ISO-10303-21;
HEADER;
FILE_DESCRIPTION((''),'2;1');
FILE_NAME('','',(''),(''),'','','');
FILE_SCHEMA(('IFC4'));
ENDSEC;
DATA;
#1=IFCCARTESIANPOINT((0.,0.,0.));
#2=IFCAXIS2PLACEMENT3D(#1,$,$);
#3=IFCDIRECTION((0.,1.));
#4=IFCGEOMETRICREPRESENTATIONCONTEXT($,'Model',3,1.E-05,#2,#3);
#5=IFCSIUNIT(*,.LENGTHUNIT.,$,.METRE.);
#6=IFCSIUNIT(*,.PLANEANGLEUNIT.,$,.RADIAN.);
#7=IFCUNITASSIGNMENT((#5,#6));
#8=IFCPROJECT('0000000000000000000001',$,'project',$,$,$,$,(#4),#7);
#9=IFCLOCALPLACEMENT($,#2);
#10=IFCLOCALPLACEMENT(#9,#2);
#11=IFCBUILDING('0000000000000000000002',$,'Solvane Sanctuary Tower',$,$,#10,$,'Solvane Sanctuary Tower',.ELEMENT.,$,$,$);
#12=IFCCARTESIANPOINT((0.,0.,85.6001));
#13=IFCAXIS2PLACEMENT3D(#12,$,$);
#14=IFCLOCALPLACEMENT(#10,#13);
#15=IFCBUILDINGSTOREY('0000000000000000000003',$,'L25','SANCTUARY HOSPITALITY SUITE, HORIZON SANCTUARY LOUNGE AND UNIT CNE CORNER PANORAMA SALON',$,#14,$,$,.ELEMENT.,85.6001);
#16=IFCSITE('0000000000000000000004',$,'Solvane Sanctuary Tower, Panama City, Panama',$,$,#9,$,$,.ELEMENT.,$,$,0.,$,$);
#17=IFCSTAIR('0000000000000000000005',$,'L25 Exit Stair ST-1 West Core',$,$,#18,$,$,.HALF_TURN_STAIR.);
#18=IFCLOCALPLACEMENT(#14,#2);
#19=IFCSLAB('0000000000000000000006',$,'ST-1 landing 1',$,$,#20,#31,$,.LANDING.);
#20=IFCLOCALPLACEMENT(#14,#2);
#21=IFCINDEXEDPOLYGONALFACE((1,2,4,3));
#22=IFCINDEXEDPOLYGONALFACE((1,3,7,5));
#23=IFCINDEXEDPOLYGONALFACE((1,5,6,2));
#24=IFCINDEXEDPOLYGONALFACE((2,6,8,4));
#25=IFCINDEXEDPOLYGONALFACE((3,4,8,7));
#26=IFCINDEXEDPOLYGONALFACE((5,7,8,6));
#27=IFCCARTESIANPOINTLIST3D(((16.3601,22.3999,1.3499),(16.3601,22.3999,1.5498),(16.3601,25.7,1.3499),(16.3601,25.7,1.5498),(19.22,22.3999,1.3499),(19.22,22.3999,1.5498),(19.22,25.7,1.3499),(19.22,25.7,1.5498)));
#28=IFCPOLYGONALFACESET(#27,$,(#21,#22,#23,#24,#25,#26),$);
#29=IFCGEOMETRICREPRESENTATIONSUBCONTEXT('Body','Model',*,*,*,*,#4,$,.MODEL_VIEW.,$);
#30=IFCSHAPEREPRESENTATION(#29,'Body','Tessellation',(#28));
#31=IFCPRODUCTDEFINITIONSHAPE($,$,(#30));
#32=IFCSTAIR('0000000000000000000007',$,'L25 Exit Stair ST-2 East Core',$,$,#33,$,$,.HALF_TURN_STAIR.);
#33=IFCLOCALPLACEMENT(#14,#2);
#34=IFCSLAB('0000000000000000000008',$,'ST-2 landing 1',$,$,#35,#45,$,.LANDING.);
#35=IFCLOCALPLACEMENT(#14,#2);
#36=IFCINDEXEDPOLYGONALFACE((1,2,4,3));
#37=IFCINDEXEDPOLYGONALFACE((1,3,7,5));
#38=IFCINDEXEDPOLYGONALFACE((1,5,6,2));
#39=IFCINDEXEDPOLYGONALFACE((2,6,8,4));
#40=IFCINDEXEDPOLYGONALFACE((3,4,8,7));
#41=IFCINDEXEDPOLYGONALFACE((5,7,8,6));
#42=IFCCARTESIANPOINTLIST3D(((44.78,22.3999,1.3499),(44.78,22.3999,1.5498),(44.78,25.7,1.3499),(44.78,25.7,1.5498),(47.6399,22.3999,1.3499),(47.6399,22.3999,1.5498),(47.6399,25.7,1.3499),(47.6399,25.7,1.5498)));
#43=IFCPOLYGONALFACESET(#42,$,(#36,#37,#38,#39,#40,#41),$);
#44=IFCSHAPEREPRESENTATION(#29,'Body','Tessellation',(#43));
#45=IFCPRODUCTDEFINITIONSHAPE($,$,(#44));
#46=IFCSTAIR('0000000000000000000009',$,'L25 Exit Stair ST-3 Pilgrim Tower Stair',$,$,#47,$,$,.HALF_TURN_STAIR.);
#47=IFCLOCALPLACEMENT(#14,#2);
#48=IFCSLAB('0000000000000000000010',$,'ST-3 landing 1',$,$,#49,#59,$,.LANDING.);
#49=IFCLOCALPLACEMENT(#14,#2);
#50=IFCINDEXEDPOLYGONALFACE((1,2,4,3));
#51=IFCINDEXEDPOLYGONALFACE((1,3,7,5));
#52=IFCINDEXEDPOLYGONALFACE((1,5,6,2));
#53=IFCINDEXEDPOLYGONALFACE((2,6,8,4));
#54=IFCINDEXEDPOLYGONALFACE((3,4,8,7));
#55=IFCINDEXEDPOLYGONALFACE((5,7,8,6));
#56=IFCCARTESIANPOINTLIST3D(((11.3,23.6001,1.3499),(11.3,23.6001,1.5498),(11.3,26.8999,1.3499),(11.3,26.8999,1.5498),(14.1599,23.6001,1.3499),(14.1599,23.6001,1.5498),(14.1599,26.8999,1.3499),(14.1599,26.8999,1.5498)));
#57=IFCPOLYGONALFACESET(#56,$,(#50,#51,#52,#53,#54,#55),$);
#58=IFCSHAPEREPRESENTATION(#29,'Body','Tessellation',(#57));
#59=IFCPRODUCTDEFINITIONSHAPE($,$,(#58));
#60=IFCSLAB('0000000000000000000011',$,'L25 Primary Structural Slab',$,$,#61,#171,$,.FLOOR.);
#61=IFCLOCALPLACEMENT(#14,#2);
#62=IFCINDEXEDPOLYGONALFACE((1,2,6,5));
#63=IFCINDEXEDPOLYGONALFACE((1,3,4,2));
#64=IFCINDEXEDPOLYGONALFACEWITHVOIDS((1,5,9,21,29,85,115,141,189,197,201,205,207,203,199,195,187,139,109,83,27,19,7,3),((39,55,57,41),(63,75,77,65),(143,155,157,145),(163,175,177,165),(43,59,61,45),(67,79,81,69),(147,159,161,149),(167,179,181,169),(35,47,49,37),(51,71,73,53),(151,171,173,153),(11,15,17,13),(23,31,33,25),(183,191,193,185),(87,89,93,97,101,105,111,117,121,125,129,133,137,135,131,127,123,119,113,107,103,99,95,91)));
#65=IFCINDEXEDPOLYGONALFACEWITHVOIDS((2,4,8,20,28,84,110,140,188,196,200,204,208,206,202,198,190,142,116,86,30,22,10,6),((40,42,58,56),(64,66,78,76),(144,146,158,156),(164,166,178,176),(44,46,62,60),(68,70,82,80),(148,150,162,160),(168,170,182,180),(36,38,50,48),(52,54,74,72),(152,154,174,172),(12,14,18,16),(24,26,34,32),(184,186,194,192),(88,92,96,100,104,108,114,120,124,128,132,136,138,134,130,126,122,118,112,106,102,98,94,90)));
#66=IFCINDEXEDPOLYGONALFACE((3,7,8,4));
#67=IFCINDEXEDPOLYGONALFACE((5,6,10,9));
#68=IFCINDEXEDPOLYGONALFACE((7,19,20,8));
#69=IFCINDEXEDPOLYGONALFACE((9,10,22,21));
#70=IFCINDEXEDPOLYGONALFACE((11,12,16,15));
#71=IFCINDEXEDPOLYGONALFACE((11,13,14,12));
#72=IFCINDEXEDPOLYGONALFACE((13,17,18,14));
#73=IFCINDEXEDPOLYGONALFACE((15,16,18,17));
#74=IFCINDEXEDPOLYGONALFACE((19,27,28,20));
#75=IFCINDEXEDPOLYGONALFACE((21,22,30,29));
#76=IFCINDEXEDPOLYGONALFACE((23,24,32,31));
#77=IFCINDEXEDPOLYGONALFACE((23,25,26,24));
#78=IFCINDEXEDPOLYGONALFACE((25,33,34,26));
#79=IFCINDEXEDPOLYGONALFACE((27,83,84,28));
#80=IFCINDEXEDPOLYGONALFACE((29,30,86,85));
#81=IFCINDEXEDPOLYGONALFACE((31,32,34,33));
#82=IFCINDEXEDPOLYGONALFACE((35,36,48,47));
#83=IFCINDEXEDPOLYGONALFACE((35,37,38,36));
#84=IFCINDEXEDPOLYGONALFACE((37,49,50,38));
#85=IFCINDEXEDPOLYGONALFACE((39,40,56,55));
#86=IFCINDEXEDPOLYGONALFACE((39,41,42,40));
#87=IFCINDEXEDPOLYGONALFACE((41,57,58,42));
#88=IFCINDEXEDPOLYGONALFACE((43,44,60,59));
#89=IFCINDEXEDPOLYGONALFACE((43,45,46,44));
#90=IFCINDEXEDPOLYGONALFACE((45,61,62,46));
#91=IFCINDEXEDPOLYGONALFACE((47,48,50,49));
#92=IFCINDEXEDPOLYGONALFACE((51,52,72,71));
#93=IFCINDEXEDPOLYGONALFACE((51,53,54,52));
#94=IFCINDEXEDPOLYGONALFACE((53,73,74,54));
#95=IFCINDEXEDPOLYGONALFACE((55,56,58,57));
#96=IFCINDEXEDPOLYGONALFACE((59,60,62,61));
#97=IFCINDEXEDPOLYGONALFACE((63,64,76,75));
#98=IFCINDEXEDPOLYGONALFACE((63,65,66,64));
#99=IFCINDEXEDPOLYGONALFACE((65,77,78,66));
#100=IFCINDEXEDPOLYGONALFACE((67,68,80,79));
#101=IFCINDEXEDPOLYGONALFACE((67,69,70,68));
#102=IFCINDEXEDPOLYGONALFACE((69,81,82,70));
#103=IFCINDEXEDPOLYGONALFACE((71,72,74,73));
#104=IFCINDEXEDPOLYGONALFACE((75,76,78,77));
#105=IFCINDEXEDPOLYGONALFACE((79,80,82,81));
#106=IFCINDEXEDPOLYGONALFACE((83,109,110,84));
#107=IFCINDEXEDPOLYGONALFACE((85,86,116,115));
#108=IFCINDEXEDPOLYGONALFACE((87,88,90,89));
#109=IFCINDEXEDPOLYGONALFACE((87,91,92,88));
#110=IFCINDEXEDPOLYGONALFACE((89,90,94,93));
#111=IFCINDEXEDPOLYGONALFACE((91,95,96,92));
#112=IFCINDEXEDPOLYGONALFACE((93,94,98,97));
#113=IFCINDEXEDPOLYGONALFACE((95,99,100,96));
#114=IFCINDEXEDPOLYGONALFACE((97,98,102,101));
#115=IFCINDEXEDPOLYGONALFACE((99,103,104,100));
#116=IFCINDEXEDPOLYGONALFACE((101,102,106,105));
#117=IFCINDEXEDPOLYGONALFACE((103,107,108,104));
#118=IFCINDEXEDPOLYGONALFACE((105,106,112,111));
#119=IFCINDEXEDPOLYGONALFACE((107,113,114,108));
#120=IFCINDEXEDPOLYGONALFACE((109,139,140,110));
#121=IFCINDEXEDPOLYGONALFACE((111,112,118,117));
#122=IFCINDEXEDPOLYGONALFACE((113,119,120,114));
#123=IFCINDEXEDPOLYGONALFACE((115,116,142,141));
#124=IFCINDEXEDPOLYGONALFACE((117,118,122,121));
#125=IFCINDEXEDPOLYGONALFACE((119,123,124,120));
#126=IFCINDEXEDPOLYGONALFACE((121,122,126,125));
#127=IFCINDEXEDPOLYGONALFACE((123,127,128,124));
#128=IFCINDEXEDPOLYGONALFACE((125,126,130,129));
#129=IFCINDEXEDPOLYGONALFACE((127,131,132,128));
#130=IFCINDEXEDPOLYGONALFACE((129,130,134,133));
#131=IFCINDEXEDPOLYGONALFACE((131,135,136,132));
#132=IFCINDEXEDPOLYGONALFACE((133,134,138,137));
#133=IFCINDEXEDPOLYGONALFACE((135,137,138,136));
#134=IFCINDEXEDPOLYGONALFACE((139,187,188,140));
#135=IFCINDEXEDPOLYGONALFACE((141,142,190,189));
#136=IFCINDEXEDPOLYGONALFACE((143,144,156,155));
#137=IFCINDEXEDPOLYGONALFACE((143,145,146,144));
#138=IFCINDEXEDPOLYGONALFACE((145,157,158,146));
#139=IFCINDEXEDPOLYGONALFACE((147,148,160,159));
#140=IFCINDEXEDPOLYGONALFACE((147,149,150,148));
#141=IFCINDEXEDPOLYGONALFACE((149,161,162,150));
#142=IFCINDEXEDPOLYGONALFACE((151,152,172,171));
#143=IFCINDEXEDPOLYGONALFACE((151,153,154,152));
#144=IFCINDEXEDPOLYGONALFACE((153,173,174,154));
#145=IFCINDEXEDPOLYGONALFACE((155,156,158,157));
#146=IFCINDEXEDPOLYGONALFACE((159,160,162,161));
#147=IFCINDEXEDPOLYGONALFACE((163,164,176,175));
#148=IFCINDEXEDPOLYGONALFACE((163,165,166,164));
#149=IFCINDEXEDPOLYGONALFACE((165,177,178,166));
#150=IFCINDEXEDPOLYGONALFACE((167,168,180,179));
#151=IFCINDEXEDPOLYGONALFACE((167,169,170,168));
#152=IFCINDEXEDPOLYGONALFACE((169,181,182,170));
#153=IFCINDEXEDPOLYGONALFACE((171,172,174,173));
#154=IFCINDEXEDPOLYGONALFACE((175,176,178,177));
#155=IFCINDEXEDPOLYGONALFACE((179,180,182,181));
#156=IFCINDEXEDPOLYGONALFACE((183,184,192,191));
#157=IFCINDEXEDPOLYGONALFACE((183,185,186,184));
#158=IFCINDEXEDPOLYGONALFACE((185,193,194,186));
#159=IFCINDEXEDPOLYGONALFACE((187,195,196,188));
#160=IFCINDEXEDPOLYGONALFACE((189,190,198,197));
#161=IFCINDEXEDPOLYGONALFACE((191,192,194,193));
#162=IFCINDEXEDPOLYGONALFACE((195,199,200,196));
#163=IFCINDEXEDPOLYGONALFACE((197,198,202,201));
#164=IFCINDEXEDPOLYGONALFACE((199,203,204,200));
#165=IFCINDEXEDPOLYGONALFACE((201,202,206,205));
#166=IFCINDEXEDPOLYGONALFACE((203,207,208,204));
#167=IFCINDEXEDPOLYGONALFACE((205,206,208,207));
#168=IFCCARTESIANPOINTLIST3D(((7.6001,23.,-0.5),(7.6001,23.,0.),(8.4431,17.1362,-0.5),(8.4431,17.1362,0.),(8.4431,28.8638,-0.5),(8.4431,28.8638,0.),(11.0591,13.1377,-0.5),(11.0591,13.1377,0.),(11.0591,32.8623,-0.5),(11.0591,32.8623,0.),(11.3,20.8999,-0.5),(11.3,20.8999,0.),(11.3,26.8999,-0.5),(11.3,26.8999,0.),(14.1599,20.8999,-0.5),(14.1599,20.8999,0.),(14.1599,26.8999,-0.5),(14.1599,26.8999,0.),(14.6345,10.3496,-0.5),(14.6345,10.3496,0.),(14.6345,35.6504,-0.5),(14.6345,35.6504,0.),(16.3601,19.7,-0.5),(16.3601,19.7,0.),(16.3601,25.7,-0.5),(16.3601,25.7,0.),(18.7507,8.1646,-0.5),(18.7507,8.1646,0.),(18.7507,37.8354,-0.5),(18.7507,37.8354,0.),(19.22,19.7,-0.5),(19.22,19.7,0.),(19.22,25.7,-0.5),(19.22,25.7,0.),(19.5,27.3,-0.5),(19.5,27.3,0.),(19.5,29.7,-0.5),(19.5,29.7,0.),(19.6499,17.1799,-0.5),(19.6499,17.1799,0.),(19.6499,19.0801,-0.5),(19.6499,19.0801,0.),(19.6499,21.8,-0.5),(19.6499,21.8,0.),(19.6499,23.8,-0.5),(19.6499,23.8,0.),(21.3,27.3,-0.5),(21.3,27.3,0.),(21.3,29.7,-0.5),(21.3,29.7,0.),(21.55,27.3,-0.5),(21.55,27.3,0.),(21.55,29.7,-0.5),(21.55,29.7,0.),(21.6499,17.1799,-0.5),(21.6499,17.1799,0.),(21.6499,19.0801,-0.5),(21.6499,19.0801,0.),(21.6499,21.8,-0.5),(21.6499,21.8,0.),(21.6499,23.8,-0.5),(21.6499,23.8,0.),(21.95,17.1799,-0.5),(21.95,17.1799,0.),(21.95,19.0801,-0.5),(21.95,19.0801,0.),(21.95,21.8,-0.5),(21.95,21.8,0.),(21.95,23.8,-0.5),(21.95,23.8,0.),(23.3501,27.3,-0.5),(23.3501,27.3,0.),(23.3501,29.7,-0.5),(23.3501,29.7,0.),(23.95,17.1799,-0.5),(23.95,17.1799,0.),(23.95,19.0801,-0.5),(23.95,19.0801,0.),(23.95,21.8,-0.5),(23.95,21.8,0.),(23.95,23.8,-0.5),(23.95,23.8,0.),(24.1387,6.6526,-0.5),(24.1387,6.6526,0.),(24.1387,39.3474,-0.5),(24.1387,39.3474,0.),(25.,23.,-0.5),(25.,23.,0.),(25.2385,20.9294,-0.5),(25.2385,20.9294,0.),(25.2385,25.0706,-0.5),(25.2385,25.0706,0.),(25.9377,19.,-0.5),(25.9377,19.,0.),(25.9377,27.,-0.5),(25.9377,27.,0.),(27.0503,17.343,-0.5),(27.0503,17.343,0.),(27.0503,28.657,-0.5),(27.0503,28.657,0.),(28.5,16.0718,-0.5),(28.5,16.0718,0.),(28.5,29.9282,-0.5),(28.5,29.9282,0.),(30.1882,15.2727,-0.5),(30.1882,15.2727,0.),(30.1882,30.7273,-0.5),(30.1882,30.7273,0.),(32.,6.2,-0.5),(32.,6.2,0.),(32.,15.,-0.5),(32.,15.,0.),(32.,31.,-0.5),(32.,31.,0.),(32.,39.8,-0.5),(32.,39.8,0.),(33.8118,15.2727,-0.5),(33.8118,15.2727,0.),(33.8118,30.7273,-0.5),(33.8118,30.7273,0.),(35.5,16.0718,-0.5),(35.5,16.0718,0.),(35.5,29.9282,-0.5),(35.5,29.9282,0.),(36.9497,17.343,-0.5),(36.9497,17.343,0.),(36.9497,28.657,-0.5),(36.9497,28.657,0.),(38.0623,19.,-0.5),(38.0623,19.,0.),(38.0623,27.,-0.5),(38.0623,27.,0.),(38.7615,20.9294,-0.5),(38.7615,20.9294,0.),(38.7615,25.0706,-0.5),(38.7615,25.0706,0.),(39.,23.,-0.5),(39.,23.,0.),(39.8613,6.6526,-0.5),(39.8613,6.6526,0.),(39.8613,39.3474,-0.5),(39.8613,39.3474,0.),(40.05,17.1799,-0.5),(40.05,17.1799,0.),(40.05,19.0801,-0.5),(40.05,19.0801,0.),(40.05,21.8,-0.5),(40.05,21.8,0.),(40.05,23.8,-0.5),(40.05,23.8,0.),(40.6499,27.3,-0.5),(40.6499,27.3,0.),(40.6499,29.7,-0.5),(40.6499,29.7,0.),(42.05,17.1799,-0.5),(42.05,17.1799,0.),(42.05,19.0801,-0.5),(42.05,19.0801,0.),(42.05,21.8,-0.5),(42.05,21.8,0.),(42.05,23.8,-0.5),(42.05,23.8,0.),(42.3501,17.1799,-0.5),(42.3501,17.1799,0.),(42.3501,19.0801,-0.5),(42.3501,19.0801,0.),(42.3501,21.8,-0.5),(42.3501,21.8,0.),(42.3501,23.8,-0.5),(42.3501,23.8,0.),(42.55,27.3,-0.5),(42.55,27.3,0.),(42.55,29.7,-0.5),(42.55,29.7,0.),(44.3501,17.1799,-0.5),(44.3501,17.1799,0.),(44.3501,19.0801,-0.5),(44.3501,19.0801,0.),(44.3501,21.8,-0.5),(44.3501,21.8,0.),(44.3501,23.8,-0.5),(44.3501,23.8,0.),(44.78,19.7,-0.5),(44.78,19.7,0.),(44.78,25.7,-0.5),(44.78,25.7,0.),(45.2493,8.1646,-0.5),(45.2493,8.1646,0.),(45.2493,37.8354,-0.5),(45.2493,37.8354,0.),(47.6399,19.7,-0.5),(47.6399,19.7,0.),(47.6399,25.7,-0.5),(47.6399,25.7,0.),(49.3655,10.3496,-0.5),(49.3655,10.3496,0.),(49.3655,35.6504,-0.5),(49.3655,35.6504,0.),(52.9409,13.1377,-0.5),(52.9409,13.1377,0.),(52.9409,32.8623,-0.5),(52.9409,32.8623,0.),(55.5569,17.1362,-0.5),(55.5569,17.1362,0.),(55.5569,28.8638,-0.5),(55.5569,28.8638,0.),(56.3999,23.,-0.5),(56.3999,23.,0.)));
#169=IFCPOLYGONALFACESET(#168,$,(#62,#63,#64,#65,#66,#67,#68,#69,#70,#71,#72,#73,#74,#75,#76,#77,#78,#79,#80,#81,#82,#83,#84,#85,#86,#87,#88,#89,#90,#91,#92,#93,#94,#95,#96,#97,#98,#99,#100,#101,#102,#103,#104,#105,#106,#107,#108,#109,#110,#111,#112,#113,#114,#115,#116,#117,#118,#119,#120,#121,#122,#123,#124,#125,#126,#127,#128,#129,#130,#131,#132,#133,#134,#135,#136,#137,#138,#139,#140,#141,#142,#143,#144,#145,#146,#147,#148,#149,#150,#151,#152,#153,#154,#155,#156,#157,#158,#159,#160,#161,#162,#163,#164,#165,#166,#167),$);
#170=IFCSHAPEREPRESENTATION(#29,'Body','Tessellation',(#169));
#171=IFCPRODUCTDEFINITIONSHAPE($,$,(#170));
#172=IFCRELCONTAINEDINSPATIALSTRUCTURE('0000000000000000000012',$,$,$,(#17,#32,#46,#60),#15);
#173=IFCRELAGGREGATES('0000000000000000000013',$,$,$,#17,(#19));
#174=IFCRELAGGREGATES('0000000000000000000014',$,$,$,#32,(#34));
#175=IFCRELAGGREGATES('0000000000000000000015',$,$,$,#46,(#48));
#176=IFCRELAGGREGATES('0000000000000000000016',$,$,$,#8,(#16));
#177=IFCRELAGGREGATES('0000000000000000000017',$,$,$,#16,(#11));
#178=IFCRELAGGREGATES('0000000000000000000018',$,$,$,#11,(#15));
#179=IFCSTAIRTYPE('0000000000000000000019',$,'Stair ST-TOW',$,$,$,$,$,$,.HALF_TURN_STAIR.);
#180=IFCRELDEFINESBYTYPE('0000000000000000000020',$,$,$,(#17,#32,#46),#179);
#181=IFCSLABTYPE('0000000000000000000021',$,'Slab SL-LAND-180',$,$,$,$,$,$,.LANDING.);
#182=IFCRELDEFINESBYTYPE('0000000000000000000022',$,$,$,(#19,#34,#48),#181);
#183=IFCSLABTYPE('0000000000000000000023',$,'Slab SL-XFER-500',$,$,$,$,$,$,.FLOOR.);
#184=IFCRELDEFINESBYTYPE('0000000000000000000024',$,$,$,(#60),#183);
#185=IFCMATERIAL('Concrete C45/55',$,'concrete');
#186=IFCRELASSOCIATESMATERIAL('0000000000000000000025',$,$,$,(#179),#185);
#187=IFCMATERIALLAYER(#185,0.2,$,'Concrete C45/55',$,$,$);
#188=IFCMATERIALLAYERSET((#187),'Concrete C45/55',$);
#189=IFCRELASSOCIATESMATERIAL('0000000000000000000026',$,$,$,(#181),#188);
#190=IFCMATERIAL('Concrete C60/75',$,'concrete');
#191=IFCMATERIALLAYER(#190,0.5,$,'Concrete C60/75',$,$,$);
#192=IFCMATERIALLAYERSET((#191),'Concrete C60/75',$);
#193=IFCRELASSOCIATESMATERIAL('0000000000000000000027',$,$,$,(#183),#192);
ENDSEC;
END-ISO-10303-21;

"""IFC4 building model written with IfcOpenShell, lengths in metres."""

from ifc_helpers import new_model, si_unit, direction, frame, origin, place, context, subcontext, project, spatial, polyline, outline, extrude, material, layer, layer_set, type_object, element, aggregate, save


model = new_model("IFC4")

# Units and contexts
model_context = context("Model", 3, precision=1e-05, world=origin(), true_north=direction((0.0, 1.0)))
body_context = subcontext(model_context, "Body", "Model", "MODEL_VIEW")
ifc_project = project(units=[si_unit("LENGTHUNIT", "METRE"), si_unit("PLANEANGLEUNIT", "RADIAN")], contexts=[model_context])

# Site, building, storey
site_placement = place(None, origin())
site = spatial("IfcSite", under=ifc_project, at=site_placement, Name="Solvane Sanctuary Tower, Panama City, Panama", CompositionType="ELEMENT", RefElevation=0.0)
building_placement = place(site_placement, origin())
building = spatial("IfcBuilding", under=site, at=building_placement, Name="Solvane Sanctuary Tower", LongName="Solvane Sanctuary Tower", CompositionType="ELEMENT")
storey_placement = place(building_placement, frame((0.0, 0.0, 85.6001)))
storey = spatial("IfcBuildingStorey", under=building, at=storey_placement, Name="L25", Description="SANCTUARY HOSPITALITY SUITE, HORIZON SANCTUARY LOUNGE AND UNIT CNE CORNER PANORAMA SALON", CompositionType="ELEMENT", Elevation=85.6001)

# Shared definitions
ifc_material_1 = material(Name="Concrete C60/75", Category="concrete")

# Stairs, slabs
ifc_material_2 = material(Name="Concrete C45/55", Category="concrete")
stair_type = type_object("IfcStairType", Name="Stair ST-TOW", PredefinedType="HALF_TURN_STAIR", material=ifc_material_2)
stair_1_placement = place(storey_placement, origin())
stair_1 = element("IfcStair", 1, at=stair_1_placement, inside=storey, type_object=stair_type, Name="L25 Exit Stair ST-1 West Core", PredefinedType="HALF_TURN_STAIR")
ifc_layer_1 = layer(ifc_material_2, 0.2, Name="Concrete C45/55")
ifc_layer_set_1 = layer_set([ifc_layer_1], Name="Concrete C45/55")
slab_type_1 = type_object("IfcSlabType", Name="Slab SL-LAND-180", PredefinedType="LANDING", material=ifc_layer_set_1)
slab_1_placement = place(storey_placement, frame((0.0, 0.0, 1.3499)))
slab_1 = element("IfcSlab", 2, at=slab_1_placement, type_object=slab_type_1, Name="ST-1 landing 1", PredefinedType="LANDING", context=body_context, shape_type="SweptSolid", body=[
    extrude(outline(polyline([(19.22, 22.3999), (19.22, 25.7), (16.3601, 25.7), (16.3601, 22.3999), (19.22, 22.3999)])), origin(), (0.0, 0.0, 1.0), 0.2),
])
aggregate(stair_1, [slab_1])
stair_2_placement = place(storey_placement, origin())
stair_2 = element("IfcStair", 3, at=stair_2_placement, inside=storey, type_object=stair_type, Name="L25 Exit Stair ST-2 East Core", PredefinedType="HALF_TURN_STAIR")
slab_2_placement = place(storey_placement, frame((0.0, 0.0, 1.3499)))
slab_2 = element("IfcSlab", 4, at=slab_2_placement, type_object=slab_type_1, Name="ST-2 landing 1", PredefinedType="LANDING", context=body_context, shape_type="SweptSolid", body=[
    extrude(outline(polyline([(47.6399, 22.3999), (47.6399, 25.7), (44.78, 25.7), (44.78, 22.3999), (47.6399, 22.3999)])), origin(), (0.0, 0.0, 1.0), 0.2),
])
aggregate(stair_2, [slab_2])
stair_3_placement = place(storey_placement, origin())
stair_3 = element("IfcStair", 5, at=stair_3_placement, inside=storey, type_object=stair_type, Name="L25 Exit Stair ST-3 Pilgrim Tower Stair", PredefinedType="HALF_TURN_STAIR")
slab_3_placement = place(storey_placement, frame((0.0, 0.0, 1.3499)))
slab_3 = element("IfcSlab", 6, at=slab_3_placement, type_object=slab_type_1, Name="ST-3 landing 1", PredefinedType="LANDING", context=body_context, shape_type="SweptSolid", body=[
    extrude(outline(polyline([(14.1599, 23.6001), (14.1599, 26.8999), (11.3, 26.8999), (11.3, 23.6001), (14.1599, 23.6001)])), origin(), (0.0, 0.0, 1.0), 0.2),
])
aggregate(stair_3, [slab_3])

# Slab
ifc_layer_2 = layer(ifc_material_1, 0.5, Name="Concrete C60/75")
ifc_layer_set_2 = layer_set([ifc_layer_2], Name="Concrete C60/75")
slab_type_2 = type_object("IfcSlabType", Name="Slab SL-XFER-500", PredefinedType="FLOOR", material=ifc_layer_set_2)
slab_4_placement = place(storey_placement, frame((0.0, 0.0, -0.5)))
element("IfcSlab", 7, at=slab_4_placement, inside=storey, type_object=slab_type_2, Name="L25 Primary Structural Slab", PredefinedType="FLOOR", context=body_context, shape_type="SweptSolid", body=[
    extrude(outline(polyline([(56.3999, 23.0), (55.5569, 28.8638), (52.9409, 32.8623), (49.3655, 35.6504), (45.2493, 37.8354), (39.8613, 39.3474), (32.0, 39.8), (24.1387, 39.3474), (18.7507, 37.8354), (14.6345, 35.6504), (11.0591, 32.8623), (8.4431, 28.8638), (7.6001, 23.0), (8.4431, 17.1362), (11.0591, 13.1377), (14.6345, 10.3496), (18.7507, 8.1646), (24.1387, 6.6526), (32.0, 6.2), (39.8613, 6.6526), (45.2493, 8.1646), (49.3655, 10.3496), (52.9409, 13.1377), (55.5569, 17.1362), (56.3999, 23.0)]), holes=[polyline([(38.7615, 20.9294), (38.0623, 19.0), (36.9497, 17.343), (35.5, 16.0718), (33.8118, 15.2727), (32.0, 15.0), (30.1882, 15.2727), (28.5, 16.0718), (27.0503, 17.343), (25.9377, 19.0), (25.2385, 20.9294), (25.0, 23.0), (25.2385, 25.0706), (25.9377, 27.0), (27.0503, 28.657), (28.5, 29.9282), (30.1882, 30.7273), (32.0, 31.0), (33.8118, 30.7273), (35.5, 29.9282), (36.9497, 28.657), (38.0623, 27.0), (38.7615, 25.0706), (39.0, 23.0), (38.7615, 20.9294)]), polyline([(16.3601, 19.7), (16.3601, 25.7), (19.22, 25.7), (19.22, 19.7), (16.3601, 19.7)]), polyline([(44.78, 19.7), (44.78, 25.7), (47.6399, 25.7), (47.6399, 19.7), (44.78, 19.7)]), polyline([(11.3, 20.8999), (11.3, 26.8999), (14.1599, 26.8999), (14.1599, 20.8999), (11.3, 20.8999)]), polyline([(19.6499, 19.0801), (21.6499, 19.0801), (21.6499, 17.1799), (19.6499, 17.1799), (19.6499, 19.0801)]), polyline([(21.95, 19.0801), (23.95, 19.0801), (23.95, 17.1799), (21.95, 17.1799), (21.95, 19.0801)]), polyline([(40.05, 19.0801), (42.05, 19.0801), (42.05, 17.1799), (40.05, 17.1799), (40.05, 19.0801)]), polyline([(42.3501, 19.0801), (44.3501, 19.0801), (44.3501, 17.1799), (42.3501, 17.1799), (42.3501, 19.0801)]), polyline([(19.6499, 23.8), (21.6499, 23.8), (21.6499, 21.8), (19.6499, 21.8), (19.6499, 23.8)]), polyline([(42.3501, 23.8), (44.3501, 23.8), (44.3501, 21.8), (42.3501, 21.8), (42.3501, 23.8)]), polyline([(21.95, 23.8), (23.95, 23.8), (23.95, 21.8), (21.95, 21.8), (21.95, 23.8)]), polyline([(40.05, 23.8), (42.05, 23.8), (42.05, 21.8), (40.05, 21.8), (40.05, 23.8)]), polyline([(19.5, 29.7), (21.3, 29.7), (21.3, 27.3), (19.5, 27.3), (19.5, 29.7)]), polyline([(21.55, 29.7), (23.3501, 29.7), (23.3501, 27.3), (21.55, 27.3), (21.55, 29.7)]), polyline([(40.6499, 29.7), (42.55, 29.7), (42.55, 27.3), (40.6499, 27.3), (40.6499, 29.7)])]), origin(), (0.0, 0.0, 1.0), 0.5),
])

save(model, "model.ifc")
